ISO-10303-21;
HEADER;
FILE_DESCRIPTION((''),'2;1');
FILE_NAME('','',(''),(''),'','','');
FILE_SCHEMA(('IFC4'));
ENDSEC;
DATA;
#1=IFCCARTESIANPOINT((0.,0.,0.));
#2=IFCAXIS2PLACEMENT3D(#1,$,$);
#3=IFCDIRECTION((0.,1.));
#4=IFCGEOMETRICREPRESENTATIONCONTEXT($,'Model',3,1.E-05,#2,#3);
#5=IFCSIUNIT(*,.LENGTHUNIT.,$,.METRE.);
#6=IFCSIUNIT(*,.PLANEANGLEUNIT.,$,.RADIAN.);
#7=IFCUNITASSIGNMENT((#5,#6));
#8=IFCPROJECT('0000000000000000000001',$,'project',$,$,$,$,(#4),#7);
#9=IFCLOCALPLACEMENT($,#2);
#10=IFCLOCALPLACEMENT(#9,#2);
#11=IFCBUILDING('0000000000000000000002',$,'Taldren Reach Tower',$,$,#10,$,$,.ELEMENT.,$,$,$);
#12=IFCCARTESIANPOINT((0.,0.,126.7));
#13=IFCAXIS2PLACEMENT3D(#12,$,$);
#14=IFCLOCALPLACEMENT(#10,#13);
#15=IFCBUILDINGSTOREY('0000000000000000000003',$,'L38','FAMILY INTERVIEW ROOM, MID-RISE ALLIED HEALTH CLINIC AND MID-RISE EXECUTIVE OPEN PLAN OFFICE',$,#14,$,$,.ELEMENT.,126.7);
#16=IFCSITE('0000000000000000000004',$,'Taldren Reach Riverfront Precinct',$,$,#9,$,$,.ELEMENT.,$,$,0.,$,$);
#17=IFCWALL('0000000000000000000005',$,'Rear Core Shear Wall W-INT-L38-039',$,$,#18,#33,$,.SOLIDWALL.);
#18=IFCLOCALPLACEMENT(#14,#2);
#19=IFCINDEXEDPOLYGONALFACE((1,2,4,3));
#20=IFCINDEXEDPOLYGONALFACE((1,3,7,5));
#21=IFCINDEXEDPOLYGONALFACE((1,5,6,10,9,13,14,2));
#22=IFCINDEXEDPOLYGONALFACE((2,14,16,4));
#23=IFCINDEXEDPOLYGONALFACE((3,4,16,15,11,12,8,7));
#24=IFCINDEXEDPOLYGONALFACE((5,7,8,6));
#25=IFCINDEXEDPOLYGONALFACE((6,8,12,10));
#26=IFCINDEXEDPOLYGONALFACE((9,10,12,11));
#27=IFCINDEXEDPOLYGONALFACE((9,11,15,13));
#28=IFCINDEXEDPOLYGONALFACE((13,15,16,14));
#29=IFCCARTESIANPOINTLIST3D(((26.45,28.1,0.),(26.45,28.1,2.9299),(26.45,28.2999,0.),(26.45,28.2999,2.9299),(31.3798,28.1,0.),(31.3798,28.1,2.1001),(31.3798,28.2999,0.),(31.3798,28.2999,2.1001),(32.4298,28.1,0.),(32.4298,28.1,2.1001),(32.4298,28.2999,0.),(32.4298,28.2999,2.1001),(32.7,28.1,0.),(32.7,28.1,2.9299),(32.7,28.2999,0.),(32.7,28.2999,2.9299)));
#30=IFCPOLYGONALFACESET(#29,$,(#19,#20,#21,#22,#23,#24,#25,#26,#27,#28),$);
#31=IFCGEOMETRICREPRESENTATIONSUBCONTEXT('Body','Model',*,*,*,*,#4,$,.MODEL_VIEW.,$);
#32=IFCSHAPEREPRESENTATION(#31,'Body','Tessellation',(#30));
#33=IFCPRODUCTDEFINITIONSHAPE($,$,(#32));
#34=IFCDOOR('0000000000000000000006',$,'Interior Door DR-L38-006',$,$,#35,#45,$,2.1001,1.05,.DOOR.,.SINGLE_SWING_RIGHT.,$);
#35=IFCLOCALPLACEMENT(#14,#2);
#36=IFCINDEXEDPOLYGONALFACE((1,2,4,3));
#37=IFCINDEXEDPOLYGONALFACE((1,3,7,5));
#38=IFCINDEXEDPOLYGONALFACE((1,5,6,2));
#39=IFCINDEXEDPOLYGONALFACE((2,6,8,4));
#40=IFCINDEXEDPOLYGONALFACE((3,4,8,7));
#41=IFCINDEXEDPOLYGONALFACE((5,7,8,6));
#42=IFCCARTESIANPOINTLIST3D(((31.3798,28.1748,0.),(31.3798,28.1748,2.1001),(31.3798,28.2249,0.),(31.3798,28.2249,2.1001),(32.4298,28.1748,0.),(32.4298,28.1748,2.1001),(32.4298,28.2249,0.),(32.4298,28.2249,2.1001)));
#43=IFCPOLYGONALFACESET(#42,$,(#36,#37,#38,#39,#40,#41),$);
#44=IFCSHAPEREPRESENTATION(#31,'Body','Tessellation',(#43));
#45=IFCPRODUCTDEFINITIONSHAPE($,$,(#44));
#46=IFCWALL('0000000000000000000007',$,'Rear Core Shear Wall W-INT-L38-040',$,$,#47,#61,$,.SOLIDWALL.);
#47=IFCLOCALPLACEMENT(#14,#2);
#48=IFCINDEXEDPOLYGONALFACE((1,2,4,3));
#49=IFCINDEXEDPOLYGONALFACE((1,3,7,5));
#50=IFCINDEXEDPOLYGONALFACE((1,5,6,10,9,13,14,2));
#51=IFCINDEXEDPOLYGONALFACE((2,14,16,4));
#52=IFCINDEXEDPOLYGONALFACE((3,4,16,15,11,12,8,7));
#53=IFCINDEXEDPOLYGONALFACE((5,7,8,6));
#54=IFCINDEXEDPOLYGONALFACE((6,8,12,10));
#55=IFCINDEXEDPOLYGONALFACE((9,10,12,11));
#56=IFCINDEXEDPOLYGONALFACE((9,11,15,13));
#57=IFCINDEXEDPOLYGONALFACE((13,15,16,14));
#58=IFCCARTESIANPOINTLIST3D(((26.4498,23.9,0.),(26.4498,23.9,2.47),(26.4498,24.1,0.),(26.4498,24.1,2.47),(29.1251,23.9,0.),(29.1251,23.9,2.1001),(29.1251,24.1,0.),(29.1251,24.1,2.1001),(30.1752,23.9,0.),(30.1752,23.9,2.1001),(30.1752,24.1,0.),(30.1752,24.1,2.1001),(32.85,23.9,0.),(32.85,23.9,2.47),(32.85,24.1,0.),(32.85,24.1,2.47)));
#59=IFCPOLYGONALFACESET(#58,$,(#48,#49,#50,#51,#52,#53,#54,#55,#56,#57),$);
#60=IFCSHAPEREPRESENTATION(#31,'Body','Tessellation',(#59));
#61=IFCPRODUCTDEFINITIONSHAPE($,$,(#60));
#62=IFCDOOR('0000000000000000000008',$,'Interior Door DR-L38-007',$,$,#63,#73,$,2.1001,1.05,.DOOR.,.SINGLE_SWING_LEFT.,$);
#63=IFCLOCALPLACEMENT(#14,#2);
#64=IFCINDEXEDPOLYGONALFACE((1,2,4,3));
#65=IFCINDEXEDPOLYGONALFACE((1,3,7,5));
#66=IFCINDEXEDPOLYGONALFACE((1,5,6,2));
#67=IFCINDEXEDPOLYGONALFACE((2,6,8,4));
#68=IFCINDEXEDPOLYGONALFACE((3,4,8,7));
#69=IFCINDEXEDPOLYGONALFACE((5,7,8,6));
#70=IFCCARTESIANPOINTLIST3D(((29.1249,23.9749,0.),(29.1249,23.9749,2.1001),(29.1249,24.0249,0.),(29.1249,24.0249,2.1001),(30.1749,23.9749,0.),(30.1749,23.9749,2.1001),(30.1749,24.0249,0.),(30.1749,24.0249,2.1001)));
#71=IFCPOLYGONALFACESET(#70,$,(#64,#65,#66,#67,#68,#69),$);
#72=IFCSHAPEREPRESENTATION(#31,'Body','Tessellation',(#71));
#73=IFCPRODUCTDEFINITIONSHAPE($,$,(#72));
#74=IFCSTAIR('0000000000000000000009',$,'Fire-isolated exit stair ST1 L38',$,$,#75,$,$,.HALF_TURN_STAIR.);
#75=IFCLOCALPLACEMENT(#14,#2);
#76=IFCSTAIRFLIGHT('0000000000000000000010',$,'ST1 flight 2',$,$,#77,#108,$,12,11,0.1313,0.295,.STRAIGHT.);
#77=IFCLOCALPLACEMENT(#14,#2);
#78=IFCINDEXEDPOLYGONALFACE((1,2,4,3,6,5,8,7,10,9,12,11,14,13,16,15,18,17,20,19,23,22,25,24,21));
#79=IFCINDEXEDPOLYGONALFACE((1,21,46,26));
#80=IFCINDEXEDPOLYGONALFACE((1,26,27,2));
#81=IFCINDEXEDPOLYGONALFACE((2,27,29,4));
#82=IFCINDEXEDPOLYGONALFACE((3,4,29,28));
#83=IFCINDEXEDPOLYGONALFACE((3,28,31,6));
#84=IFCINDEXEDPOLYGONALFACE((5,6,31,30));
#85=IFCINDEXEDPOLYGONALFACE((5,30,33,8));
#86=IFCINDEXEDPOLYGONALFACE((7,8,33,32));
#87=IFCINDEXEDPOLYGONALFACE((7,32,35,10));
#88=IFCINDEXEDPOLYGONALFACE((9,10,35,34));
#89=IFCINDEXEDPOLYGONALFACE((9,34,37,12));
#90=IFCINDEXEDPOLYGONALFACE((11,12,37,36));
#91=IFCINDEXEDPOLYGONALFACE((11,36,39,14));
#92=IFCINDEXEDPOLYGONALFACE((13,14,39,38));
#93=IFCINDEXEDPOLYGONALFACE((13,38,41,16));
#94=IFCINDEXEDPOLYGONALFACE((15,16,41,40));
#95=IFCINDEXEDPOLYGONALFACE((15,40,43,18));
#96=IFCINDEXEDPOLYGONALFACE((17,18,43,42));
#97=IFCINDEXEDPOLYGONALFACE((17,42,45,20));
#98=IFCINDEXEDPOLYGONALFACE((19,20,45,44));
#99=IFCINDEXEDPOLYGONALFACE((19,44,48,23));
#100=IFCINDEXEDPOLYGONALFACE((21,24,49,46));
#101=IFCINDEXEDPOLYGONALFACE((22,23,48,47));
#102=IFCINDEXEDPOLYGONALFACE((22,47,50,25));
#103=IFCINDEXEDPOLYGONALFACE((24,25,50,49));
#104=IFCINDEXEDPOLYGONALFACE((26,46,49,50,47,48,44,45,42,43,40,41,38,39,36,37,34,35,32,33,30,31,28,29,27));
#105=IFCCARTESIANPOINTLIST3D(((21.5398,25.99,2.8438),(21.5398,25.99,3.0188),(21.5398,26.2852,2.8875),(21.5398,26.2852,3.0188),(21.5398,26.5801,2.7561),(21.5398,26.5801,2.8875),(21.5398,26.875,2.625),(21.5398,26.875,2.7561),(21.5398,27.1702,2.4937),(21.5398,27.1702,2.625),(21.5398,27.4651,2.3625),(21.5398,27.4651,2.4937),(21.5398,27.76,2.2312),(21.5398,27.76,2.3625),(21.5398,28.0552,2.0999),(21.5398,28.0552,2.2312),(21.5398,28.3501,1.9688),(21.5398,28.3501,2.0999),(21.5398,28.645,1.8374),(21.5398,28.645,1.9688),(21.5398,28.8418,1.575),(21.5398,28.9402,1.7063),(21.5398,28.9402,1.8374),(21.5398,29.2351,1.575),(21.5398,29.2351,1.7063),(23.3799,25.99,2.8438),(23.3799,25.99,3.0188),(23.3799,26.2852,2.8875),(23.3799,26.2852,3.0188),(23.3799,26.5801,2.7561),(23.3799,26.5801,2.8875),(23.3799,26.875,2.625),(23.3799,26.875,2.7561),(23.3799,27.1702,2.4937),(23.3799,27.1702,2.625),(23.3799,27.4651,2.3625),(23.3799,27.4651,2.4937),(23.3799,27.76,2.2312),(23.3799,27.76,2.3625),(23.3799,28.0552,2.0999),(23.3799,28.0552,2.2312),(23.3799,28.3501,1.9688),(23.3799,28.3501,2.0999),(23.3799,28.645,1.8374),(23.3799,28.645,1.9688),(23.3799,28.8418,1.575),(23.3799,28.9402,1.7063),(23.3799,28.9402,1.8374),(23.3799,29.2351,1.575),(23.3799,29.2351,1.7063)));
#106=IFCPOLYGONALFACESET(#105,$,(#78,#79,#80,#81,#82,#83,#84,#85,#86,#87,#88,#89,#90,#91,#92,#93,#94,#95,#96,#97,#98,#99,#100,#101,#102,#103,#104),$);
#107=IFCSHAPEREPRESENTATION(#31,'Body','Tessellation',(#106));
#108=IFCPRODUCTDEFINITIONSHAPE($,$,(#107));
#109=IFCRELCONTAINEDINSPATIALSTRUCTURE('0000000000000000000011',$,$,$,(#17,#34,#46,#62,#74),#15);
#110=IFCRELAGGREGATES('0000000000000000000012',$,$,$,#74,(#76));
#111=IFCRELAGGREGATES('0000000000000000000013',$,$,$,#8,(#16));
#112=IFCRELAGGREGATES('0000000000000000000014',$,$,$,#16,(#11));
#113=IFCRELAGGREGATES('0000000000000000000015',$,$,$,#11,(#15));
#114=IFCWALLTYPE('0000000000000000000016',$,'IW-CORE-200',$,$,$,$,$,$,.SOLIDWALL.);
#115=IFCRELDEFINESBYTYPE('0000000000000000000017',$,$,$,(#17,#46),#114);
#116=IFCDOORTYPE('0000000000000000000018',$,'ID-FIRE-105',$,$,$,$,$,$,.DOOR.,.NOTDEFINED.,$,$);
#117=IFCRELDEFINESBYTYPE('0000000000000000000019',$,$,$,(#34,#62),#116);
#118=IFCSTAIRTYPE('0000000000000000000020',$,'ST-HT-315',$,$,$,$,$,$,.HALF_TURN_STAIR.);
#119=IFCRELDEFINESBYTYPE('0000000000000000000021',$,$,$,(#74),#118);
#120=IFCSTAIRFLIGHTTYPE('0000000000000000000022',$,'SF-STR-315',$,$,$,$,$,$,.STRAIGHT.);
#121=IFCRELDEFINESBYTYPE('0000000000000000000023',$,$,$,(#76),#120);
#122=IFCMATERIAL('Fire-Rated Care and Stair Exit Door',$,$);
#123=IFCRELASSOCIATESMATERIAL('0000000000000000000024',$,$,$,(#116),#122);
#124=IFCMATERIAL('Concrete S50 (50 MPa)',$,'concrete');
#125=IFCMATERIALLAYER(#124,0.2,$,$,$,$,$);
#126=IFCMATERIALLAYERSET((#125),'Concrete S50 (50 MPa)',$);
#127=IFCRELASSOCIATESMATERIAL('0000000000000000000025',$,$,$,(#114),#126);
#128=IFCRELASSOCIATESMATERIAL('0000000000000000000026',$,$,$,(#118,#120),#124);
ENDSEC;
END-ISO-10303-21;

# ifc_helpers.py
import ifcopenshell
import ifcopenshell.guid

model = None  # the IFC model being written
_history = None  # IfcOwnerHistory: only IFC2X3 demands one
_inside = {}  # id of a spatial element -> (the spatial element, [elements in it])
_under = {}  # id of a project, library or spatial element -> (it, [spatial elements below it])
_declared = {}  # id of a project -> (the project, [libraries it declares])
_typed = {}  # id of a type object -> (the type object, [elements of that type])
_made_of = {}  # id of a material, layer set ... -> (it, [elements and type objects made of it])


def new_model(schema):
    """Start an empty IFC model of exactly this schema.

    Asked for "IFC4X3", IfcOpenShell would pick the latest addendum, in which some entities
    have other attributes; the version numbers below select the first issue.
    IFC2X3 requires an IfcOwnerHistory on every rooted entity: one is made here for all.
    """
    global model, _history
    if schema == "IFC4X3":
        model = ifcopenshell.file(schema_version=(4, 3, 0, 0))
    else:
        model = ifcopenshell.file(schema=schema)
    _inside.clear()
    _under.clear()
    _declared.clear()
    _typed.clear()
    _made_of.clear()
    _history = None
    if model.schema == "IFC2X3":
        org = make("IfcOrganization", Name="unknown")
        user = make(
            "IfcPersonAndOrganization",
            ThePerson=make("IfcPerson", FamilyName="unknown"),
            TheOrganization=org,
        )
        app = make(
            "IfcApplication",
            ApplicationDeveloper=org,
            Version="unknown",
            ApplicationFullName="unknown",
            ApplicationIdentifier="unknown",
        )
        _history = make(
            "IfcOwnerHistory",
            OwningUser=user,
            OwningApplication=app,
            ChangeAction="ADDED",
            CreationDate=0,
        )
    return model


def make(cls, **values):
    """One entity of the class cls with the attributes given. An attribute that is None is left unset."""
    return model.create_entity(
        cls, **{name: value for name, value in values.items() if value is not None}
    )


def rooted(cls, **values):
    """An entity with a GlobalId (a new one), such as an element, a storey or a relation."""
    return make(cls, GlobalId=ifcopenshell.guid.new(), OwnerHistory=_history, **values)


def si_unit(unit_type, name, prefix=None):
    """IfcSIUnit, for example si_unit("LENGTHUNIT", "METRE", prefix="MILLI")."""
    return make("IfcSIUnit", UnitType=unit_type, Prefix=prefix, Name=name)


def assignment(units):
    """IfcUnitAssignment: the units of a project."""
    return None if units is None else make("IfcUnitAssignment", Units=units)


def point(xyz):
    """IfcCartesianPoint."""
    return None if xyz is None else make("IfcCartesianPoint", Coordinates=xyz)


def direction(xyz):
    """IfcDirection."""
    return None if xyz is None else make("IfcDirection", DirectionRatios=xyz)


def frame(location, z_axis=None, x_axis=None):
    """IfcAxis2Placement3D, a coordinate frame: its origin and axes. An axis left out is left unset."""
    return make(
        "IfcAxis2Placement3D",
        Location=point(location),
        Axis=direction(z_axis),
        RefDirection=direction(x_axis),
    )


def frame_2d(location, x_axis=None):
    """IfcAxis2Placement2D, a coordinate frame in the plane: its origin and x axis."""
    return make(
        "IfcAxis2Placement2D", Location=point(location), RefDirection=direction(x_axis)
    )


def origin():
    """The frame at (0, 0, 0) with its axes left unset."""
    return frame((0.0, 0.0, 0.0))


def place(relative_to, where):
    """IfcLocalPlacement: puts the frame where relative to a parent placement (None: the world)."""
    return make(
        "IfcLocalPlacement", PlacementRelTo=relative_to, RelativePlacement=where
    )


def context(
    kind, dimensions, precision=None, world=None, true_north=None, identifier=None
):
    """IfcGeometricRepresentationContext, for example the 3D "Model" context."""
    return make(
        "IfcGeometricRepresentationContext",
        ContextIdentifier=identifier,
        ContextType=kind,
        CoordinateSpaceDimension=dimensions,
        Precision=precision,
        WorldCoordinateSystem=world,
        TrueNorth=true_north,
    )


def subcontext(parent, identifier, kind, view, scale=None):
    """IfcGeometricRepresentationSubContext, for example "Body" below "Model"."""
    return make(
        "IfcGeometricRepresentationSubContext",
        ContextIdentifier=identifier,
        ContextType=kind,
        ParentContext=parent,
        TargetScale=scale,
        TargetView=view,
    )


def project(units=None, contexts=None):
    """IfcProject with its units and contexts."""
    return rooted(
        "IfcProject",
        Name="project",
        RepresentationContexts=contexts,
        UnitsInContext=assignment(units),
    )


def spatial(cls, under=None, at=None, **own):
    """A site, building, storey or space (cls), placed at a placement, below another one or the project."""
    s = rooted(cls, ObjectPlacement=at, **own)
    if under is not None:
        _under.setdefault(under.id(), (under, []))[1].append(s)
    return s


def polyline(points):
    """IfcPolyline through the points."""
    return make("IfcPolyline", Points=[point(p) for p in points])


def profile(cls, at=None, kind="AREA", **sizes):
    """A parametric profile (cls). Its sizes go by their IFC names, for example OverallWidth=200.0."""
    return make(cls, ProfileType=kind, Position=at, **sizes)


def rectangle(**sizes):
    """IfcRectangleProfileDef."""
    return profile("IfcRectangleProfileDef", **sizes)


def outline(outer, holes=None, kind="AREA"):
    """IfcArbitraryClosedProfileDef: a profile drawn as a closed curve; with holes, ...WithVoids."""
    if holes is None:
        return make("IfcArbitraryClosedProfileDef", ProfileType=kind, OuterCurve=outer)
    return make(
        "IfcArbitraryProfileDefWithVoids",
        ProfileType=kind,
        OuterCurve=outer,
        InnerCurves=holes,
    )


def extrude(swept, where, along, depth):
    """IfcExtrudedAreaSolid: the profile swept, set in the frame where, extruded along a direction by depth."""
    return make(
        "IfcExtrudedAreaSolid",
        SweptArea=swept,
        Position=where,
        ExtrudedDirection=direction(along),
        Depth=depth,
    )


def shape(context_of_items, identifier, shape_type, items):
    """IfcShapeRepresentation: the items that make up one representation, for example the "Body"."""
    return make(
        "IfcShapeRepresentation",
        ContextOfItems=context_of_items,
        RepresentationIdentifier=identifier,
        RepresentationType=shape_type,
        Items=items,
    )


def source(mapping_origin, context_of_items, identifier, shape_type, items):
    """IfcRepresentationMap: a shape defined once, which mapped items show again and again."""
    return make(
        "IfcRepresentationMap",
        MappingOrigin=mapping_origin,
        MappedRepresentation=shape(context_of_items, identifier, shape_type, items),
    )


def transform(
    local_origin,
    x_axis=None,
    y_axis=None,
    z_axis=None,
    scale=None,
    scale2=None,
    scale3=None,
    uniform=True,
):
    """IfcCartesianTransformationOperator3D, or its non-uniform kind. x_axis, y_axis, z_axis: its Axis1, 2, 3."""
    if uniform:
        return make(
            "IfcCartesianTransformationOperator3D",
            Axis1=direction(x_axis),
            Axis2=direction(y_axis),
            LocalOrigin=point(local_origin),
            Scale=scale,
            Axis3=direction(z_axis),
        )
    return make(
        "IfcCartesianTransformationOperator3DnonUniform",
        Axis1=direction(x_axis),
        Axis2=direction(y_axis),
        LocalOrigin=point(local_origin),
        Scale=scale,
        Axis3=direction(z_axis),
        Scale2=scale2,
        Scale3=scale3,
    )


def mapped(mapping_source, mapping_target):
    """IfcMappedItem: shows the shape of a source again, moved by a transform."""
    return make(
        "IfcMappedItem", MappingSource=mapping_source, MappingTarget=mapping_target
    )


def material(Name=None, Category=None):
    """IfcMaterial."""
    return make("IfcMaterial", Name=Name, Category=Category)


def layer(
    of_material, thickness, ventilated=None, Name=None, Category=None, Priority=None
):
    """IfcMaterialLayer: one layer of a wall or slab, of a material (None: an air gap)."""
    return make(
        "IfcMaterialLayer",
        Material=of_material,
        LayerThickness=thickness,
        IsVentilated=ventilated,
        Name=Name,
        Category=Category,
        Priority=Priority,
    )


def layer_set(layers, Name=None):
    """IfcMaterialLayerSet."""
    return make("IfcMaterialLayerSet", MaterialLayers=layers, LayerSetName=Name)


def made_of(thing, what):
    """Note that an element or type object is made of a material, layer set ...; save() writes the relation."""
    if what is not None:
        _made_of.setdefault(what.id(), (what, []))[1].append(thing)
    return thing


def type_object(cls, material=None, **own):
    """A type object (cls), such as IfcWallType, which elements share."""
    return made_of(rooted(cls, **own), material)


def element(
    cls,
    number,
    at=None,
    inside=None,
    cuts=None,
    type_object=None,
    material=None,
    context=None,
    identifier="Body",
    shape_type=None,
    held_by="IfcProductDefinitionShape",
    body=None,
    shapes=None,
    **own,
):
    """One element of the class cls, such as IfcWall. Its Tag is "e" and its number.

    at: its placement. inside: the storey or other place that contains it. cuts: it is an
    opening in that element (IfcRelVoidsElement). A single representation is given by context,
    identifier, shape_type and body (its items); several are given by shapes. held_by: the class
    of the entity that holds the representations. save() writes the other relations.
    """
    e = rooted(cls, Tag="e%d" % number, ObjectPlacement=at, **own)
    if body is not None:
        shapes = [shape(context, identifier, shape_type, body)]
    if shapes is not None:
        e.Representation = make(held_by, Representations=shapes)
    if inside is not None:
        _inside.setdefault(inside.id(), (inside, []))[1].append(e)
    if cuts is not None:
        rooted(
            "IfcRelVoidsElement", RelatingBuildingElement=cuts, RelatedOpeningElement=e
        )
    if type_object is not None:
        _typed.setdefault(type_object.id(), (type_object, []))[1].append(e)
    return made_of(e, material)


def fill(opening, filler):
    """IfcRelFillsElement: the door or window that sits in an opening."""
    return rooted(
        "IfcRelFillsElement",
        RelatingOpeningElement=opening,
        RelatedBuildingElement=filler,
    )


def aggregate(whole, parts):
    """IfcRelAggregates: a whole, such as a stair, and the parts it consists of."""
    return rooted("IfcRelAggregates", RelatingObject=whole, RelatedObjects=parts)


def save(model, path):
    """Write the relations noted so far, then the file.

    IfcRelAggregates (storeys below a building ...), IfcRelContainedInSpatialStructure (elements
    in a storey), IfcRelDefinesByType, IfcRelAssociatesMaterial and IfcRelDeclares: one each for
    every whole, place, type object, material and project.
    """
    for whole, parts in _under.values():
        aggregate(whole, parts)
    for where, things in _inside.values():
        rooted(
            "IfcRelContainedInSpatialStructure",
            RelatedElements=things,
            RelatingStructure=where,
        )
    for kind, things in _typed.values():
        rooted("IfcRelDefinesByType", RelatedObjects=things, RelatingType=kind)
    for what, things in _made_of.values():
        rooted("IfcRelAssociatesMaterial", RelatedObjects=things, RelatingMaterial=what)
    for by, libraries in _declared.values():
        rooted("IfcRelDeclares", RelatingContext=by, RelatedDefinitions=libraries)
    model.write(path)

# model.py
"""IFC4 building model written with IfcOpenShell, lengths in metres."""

from ifc_helpers import new_model, si_unit, direction, frame, frame_2d, origin, place, context, subcontext, project, spatial, polyline, rectangle, outline, extrude, source, transform, mapped, material, layer, layer_set, type_object, element, fill, aggregate, save


model = new_model("IFC4")

# Units and contexts
model_context = context("Model", 3, precision=1e-05, world=origin(), true_north=direction((0.0, 1.0)))
body_context = subcontext(model_context, "Body", "Model", "MODEL_VIEW")
ifc_project = project(units=[si_unit("LENGTHUNIT", "METRE"), si_unit("PLANEANGLEUNIT", "RADIAN")], contexts=[model_context])

# Site, building, storey
site_placement = place(None, origin())
site = spatial("IfcSite", under=ifc_project, at=site_placement, Name="Taldren Reach Riverfront Precinct", CompositionType="ELEMENT", RefElevation=0.0)
building_placement = place(site_placement, origin())
building = spatial("IfcBuilding", under=site, at=building_placement, Name="Taldren Reach Tower", CompositionType="ELEMENT")
storey_placement = place(building_placement, frame((0.0, 0.0, 126.7)))
storey = spatial("IfcBuildingStorey", under=building, at=storey_placement, Name="L38", Description="FAMILY INTERVIEW ROOM, MID-RISE ALLIED HEALTH CLINIC AND MID-RISE EXECUTIVE OPEN PLAN OFFICE", CompositionType="ELEMENT", Elevation=126.7)

# Shared definitions
ifc_material_1 = material(Name="Fire-Rated Care and Stair Exit Door")
door_type_1 = type_object("IfcDoorType", Name="ID-FIRE-105", OperationType="NOTDEFINED", PredefinedType="DOOR", material=ifc_material_1)
shared_shape_1 = source(origin(), body_context, "Body", "SweptSolid", [
    extrude(rectangle(XDim=1.05, YDim=2.1001, at=frame_2d((0.5249, 1.05))), frame((0.0, 0.0249, 0.0), z_axis=(0.0, -1.0, 0.0), x_axis=(1.0, 0.0, 0.0)), (0.0, 0.0, 1.0), 0.05),
])

# Shared definitions
ifc_material_2 = material(Name="Concrete S50 (50 MPa)", Category="concrete")
ifc_layer_1 = layer(ifc_material_2, 0.2)
ifc_layer_set_1 = layer_set([ifc_layer_1], Name="Concrete S50 (50 MPa)")
wall_type_1 = type_object("IfcWallType", Name="IW-CORE-200", PredefinedType="SOLIDWALL", material=ifc_layer_set_1)

# Shared definitions
shared_shape_2 = source(origin(), body_context, "Body", "SweptSolid", [
    extrude(rectangle(XDim=1.05, YDim=2.1001, at=frame_2d((0.5249, 1.05))), frame((0.0, 0.1099, 0.0), z_axis=(0.0, -1.0, 0.0), x_axis=(1.0, 0.0, 0.0)), (0.0, 0.0, 1.0), 0.22),
])

# Walls, openings, doors
shared_shape_3 = source(origin(), body_context, "Body", "SweptSolid", [
    extrude(rectangle(XDim=6.25, YDim=0.2, at=frame_2d((3.125, 0.0))), origin(), (0.0, 0.0, 1.0), 2.9299),
])
wall_1_placement = place(storey_placement, frame((26.45, 28.2, 0.0), z_axis=(0.0, 0.0, 1.0), x_axis=(1.0, 0.0, 0.0)))
wall_1 = element("IfcWall", 1, at=wall_1_placement, inside=storey, type_object=wall_type_1, Name="Rear Core Shear Wall W-INT-L38-039", PredefinedType="SOLIDWALL", context=body_context, shape_type="MappedRepresentation", body=[
    mapped(shared_shape_3, transform((0.0, 0.0, 0.0), scale=1.0)),
])
opening_1_placement = place(wall_1_placement, frame((4.9299, 0.0, 0.0)))
opening_1 = element("IfcOpeningElement", 2, at=opening_1_placement, cuts=wall_1, PredefinedType="OPENING", context=body_context, shape_type="MappedRepresentation", body=[
    mapped(shared_shape_2, transform((0.0, 0.0, 0.0), scale=1.0)),
])
door_1_placement = place(opening_1_placement, origin())
door_1 = element("IfcDoor", 3, at=door_1_placement, inside=storey, type_object=door_type_1, Name="Interior Door DR-L38-006", OperationType="SINGLE_SWING_RIGHT", OverallHeight=2.1001, OverallWidth=1.05, PredefinedType="DOOR", context=body_context, shape_type="MappedRepresentation", body=[
    mapped(shared_shape_1, transform((0.0, 0.0, 0.0), scale=1.0)),
])
fill(opening_1, door_1)
shared_shape_4 = source(origin(), body_context, "Body", "SweptSolid", [
    extrude(rectangle(XDim=6.4001, YDim=0.2, at=frame_2d((3.2002, 0.0))), origin(), (0.0, 0.0, 1.0), 2.47),
])
wall_2_placement = place(storey_placement, frame((32.8501, 24.0, 0.0), z_axis=(0.0, 0.0, 1.0), x_axis=(-1.0, 0.0, 0.0)))
wall_2 = element("IfcWall", 4, at=wall_2_placement, inside=storey, type_object=wall_type_1, Name="Rear Core Shear Wall W-INT-L38-040", PredefinedType="SOLIDWALL", context=body_context, shape_type="MappedRepresentation", body=[
    mapped(shared_shape_4, transform((0.0, 0.0, 0.0), scale=1.0)),
])
opening_2_placement = place(wall_2_placement, frame((2.675, 0.0, 0.0)))
opening_2 = element("IfcOpeningElement", 5, at=opening_2_placement, cuts=wall_2, PredefinedType="OPENING", context=body_context, shape_type="MappedRepresentation", body=[
    mapped(shared_shape_2, transform((0.0, 0.0, 0.0), scale=1.0)),
])
door_2_placement = place(opening_2_placement, frame((1.05, 0.0, 0.0), z_axis=(0.0, 0.0, 1.0), x_axis=(-1.0, 0.0, 0.0)))
door_2 = element("IfcDoor", 6, at=door_2_placement, inside=storey, type_object=door_type_1, Name="Interior Door DR-L38-007", OperationType="SINGLE_SWING_LEFT", OverallHeight=2.1001, OverallWidth=1.05, PredefinedType="DOOR", context=body_context, shape_type="MappedRepresentation", body=[
    mapped(shared_shape_1, transform((0.0, 0.0, 0.0), scale=1.0)),
])
fill(opening_2, door_2)

# Stair, stair flight
stair_type = type_object("IfcStairType", Name="ST-HT-315", PredefinedType="HALF_TURN_STAIR", material=ifc_material_2)
stair_placement = place(storey_placement, origin())
stair = element("IfcStair", 7, at=stair_placement, inside=storey, type_object=stair_type, Name="Fire-isolated exit stair ST1 L38", PredefinedType="HALF_TURN_STAIR")
stair_flight_type = type_object("IfcStairFlightType", Name="SF-STR-315", PredefinedType="STRAIGHT", material=ifc_material_2)
stair_flight_placement = place(storey_placement, frame((22.46, 29.2351, 1.575), z_axis=(0.0, 0.0, 1.0), x_axis=(0.0, -1.0, 0.0)))
stair_flight = element("IfcStairFlight", 8, at=stair_flight_placement, type_object=stair_flight_type, Name="ST1 flight 2", NumberOfRisers=12, NumberOfTreads=11, PredefinedType="STRAIGHT", RiserHeight=0.1313, TreadLength=0.295, context=body_context, shape_type="SweptSolid", body=[
    extrude(outline(polyline([(0.0, 0.0), (0.0, 0.1313), (0.2949, 0.1313), (0.2949, 0.2625), (0.5901, 0.2625), (0.5901, 0.3938), (0.885, 0.3938), (0.885, 0.5249), (1.1799, 0.5249), (1.1799, 0.6562), (1.4751, 0.6562), (1.4751, 0.7876), (1.77, 0.7876), (1.77, 0.9187), (2.0649, 0.9187), (2.0649, 1.05), (2.3601, 1.05), (2.3601, 1.1812), (2.655, 1.1812), (2.655, 1.3125), (2.95, 1.3125), (2.95, 1.4438), (3.2451, 1.4438), (3.2451, 1.575), (3.2451, 1.2688), (0.3933, 0.0), (0.0, 0.0)])), frame((0.0, 0.9199, 0.0), z_axis=(0.0, -1.0, 0.0), x_axis=(1.0, 0.0, 0.0)), (0.0, 0.0, 1.0), 1.8401),
])
aggregate(stair, [stair_flight])

save(model, "model.ifc")
